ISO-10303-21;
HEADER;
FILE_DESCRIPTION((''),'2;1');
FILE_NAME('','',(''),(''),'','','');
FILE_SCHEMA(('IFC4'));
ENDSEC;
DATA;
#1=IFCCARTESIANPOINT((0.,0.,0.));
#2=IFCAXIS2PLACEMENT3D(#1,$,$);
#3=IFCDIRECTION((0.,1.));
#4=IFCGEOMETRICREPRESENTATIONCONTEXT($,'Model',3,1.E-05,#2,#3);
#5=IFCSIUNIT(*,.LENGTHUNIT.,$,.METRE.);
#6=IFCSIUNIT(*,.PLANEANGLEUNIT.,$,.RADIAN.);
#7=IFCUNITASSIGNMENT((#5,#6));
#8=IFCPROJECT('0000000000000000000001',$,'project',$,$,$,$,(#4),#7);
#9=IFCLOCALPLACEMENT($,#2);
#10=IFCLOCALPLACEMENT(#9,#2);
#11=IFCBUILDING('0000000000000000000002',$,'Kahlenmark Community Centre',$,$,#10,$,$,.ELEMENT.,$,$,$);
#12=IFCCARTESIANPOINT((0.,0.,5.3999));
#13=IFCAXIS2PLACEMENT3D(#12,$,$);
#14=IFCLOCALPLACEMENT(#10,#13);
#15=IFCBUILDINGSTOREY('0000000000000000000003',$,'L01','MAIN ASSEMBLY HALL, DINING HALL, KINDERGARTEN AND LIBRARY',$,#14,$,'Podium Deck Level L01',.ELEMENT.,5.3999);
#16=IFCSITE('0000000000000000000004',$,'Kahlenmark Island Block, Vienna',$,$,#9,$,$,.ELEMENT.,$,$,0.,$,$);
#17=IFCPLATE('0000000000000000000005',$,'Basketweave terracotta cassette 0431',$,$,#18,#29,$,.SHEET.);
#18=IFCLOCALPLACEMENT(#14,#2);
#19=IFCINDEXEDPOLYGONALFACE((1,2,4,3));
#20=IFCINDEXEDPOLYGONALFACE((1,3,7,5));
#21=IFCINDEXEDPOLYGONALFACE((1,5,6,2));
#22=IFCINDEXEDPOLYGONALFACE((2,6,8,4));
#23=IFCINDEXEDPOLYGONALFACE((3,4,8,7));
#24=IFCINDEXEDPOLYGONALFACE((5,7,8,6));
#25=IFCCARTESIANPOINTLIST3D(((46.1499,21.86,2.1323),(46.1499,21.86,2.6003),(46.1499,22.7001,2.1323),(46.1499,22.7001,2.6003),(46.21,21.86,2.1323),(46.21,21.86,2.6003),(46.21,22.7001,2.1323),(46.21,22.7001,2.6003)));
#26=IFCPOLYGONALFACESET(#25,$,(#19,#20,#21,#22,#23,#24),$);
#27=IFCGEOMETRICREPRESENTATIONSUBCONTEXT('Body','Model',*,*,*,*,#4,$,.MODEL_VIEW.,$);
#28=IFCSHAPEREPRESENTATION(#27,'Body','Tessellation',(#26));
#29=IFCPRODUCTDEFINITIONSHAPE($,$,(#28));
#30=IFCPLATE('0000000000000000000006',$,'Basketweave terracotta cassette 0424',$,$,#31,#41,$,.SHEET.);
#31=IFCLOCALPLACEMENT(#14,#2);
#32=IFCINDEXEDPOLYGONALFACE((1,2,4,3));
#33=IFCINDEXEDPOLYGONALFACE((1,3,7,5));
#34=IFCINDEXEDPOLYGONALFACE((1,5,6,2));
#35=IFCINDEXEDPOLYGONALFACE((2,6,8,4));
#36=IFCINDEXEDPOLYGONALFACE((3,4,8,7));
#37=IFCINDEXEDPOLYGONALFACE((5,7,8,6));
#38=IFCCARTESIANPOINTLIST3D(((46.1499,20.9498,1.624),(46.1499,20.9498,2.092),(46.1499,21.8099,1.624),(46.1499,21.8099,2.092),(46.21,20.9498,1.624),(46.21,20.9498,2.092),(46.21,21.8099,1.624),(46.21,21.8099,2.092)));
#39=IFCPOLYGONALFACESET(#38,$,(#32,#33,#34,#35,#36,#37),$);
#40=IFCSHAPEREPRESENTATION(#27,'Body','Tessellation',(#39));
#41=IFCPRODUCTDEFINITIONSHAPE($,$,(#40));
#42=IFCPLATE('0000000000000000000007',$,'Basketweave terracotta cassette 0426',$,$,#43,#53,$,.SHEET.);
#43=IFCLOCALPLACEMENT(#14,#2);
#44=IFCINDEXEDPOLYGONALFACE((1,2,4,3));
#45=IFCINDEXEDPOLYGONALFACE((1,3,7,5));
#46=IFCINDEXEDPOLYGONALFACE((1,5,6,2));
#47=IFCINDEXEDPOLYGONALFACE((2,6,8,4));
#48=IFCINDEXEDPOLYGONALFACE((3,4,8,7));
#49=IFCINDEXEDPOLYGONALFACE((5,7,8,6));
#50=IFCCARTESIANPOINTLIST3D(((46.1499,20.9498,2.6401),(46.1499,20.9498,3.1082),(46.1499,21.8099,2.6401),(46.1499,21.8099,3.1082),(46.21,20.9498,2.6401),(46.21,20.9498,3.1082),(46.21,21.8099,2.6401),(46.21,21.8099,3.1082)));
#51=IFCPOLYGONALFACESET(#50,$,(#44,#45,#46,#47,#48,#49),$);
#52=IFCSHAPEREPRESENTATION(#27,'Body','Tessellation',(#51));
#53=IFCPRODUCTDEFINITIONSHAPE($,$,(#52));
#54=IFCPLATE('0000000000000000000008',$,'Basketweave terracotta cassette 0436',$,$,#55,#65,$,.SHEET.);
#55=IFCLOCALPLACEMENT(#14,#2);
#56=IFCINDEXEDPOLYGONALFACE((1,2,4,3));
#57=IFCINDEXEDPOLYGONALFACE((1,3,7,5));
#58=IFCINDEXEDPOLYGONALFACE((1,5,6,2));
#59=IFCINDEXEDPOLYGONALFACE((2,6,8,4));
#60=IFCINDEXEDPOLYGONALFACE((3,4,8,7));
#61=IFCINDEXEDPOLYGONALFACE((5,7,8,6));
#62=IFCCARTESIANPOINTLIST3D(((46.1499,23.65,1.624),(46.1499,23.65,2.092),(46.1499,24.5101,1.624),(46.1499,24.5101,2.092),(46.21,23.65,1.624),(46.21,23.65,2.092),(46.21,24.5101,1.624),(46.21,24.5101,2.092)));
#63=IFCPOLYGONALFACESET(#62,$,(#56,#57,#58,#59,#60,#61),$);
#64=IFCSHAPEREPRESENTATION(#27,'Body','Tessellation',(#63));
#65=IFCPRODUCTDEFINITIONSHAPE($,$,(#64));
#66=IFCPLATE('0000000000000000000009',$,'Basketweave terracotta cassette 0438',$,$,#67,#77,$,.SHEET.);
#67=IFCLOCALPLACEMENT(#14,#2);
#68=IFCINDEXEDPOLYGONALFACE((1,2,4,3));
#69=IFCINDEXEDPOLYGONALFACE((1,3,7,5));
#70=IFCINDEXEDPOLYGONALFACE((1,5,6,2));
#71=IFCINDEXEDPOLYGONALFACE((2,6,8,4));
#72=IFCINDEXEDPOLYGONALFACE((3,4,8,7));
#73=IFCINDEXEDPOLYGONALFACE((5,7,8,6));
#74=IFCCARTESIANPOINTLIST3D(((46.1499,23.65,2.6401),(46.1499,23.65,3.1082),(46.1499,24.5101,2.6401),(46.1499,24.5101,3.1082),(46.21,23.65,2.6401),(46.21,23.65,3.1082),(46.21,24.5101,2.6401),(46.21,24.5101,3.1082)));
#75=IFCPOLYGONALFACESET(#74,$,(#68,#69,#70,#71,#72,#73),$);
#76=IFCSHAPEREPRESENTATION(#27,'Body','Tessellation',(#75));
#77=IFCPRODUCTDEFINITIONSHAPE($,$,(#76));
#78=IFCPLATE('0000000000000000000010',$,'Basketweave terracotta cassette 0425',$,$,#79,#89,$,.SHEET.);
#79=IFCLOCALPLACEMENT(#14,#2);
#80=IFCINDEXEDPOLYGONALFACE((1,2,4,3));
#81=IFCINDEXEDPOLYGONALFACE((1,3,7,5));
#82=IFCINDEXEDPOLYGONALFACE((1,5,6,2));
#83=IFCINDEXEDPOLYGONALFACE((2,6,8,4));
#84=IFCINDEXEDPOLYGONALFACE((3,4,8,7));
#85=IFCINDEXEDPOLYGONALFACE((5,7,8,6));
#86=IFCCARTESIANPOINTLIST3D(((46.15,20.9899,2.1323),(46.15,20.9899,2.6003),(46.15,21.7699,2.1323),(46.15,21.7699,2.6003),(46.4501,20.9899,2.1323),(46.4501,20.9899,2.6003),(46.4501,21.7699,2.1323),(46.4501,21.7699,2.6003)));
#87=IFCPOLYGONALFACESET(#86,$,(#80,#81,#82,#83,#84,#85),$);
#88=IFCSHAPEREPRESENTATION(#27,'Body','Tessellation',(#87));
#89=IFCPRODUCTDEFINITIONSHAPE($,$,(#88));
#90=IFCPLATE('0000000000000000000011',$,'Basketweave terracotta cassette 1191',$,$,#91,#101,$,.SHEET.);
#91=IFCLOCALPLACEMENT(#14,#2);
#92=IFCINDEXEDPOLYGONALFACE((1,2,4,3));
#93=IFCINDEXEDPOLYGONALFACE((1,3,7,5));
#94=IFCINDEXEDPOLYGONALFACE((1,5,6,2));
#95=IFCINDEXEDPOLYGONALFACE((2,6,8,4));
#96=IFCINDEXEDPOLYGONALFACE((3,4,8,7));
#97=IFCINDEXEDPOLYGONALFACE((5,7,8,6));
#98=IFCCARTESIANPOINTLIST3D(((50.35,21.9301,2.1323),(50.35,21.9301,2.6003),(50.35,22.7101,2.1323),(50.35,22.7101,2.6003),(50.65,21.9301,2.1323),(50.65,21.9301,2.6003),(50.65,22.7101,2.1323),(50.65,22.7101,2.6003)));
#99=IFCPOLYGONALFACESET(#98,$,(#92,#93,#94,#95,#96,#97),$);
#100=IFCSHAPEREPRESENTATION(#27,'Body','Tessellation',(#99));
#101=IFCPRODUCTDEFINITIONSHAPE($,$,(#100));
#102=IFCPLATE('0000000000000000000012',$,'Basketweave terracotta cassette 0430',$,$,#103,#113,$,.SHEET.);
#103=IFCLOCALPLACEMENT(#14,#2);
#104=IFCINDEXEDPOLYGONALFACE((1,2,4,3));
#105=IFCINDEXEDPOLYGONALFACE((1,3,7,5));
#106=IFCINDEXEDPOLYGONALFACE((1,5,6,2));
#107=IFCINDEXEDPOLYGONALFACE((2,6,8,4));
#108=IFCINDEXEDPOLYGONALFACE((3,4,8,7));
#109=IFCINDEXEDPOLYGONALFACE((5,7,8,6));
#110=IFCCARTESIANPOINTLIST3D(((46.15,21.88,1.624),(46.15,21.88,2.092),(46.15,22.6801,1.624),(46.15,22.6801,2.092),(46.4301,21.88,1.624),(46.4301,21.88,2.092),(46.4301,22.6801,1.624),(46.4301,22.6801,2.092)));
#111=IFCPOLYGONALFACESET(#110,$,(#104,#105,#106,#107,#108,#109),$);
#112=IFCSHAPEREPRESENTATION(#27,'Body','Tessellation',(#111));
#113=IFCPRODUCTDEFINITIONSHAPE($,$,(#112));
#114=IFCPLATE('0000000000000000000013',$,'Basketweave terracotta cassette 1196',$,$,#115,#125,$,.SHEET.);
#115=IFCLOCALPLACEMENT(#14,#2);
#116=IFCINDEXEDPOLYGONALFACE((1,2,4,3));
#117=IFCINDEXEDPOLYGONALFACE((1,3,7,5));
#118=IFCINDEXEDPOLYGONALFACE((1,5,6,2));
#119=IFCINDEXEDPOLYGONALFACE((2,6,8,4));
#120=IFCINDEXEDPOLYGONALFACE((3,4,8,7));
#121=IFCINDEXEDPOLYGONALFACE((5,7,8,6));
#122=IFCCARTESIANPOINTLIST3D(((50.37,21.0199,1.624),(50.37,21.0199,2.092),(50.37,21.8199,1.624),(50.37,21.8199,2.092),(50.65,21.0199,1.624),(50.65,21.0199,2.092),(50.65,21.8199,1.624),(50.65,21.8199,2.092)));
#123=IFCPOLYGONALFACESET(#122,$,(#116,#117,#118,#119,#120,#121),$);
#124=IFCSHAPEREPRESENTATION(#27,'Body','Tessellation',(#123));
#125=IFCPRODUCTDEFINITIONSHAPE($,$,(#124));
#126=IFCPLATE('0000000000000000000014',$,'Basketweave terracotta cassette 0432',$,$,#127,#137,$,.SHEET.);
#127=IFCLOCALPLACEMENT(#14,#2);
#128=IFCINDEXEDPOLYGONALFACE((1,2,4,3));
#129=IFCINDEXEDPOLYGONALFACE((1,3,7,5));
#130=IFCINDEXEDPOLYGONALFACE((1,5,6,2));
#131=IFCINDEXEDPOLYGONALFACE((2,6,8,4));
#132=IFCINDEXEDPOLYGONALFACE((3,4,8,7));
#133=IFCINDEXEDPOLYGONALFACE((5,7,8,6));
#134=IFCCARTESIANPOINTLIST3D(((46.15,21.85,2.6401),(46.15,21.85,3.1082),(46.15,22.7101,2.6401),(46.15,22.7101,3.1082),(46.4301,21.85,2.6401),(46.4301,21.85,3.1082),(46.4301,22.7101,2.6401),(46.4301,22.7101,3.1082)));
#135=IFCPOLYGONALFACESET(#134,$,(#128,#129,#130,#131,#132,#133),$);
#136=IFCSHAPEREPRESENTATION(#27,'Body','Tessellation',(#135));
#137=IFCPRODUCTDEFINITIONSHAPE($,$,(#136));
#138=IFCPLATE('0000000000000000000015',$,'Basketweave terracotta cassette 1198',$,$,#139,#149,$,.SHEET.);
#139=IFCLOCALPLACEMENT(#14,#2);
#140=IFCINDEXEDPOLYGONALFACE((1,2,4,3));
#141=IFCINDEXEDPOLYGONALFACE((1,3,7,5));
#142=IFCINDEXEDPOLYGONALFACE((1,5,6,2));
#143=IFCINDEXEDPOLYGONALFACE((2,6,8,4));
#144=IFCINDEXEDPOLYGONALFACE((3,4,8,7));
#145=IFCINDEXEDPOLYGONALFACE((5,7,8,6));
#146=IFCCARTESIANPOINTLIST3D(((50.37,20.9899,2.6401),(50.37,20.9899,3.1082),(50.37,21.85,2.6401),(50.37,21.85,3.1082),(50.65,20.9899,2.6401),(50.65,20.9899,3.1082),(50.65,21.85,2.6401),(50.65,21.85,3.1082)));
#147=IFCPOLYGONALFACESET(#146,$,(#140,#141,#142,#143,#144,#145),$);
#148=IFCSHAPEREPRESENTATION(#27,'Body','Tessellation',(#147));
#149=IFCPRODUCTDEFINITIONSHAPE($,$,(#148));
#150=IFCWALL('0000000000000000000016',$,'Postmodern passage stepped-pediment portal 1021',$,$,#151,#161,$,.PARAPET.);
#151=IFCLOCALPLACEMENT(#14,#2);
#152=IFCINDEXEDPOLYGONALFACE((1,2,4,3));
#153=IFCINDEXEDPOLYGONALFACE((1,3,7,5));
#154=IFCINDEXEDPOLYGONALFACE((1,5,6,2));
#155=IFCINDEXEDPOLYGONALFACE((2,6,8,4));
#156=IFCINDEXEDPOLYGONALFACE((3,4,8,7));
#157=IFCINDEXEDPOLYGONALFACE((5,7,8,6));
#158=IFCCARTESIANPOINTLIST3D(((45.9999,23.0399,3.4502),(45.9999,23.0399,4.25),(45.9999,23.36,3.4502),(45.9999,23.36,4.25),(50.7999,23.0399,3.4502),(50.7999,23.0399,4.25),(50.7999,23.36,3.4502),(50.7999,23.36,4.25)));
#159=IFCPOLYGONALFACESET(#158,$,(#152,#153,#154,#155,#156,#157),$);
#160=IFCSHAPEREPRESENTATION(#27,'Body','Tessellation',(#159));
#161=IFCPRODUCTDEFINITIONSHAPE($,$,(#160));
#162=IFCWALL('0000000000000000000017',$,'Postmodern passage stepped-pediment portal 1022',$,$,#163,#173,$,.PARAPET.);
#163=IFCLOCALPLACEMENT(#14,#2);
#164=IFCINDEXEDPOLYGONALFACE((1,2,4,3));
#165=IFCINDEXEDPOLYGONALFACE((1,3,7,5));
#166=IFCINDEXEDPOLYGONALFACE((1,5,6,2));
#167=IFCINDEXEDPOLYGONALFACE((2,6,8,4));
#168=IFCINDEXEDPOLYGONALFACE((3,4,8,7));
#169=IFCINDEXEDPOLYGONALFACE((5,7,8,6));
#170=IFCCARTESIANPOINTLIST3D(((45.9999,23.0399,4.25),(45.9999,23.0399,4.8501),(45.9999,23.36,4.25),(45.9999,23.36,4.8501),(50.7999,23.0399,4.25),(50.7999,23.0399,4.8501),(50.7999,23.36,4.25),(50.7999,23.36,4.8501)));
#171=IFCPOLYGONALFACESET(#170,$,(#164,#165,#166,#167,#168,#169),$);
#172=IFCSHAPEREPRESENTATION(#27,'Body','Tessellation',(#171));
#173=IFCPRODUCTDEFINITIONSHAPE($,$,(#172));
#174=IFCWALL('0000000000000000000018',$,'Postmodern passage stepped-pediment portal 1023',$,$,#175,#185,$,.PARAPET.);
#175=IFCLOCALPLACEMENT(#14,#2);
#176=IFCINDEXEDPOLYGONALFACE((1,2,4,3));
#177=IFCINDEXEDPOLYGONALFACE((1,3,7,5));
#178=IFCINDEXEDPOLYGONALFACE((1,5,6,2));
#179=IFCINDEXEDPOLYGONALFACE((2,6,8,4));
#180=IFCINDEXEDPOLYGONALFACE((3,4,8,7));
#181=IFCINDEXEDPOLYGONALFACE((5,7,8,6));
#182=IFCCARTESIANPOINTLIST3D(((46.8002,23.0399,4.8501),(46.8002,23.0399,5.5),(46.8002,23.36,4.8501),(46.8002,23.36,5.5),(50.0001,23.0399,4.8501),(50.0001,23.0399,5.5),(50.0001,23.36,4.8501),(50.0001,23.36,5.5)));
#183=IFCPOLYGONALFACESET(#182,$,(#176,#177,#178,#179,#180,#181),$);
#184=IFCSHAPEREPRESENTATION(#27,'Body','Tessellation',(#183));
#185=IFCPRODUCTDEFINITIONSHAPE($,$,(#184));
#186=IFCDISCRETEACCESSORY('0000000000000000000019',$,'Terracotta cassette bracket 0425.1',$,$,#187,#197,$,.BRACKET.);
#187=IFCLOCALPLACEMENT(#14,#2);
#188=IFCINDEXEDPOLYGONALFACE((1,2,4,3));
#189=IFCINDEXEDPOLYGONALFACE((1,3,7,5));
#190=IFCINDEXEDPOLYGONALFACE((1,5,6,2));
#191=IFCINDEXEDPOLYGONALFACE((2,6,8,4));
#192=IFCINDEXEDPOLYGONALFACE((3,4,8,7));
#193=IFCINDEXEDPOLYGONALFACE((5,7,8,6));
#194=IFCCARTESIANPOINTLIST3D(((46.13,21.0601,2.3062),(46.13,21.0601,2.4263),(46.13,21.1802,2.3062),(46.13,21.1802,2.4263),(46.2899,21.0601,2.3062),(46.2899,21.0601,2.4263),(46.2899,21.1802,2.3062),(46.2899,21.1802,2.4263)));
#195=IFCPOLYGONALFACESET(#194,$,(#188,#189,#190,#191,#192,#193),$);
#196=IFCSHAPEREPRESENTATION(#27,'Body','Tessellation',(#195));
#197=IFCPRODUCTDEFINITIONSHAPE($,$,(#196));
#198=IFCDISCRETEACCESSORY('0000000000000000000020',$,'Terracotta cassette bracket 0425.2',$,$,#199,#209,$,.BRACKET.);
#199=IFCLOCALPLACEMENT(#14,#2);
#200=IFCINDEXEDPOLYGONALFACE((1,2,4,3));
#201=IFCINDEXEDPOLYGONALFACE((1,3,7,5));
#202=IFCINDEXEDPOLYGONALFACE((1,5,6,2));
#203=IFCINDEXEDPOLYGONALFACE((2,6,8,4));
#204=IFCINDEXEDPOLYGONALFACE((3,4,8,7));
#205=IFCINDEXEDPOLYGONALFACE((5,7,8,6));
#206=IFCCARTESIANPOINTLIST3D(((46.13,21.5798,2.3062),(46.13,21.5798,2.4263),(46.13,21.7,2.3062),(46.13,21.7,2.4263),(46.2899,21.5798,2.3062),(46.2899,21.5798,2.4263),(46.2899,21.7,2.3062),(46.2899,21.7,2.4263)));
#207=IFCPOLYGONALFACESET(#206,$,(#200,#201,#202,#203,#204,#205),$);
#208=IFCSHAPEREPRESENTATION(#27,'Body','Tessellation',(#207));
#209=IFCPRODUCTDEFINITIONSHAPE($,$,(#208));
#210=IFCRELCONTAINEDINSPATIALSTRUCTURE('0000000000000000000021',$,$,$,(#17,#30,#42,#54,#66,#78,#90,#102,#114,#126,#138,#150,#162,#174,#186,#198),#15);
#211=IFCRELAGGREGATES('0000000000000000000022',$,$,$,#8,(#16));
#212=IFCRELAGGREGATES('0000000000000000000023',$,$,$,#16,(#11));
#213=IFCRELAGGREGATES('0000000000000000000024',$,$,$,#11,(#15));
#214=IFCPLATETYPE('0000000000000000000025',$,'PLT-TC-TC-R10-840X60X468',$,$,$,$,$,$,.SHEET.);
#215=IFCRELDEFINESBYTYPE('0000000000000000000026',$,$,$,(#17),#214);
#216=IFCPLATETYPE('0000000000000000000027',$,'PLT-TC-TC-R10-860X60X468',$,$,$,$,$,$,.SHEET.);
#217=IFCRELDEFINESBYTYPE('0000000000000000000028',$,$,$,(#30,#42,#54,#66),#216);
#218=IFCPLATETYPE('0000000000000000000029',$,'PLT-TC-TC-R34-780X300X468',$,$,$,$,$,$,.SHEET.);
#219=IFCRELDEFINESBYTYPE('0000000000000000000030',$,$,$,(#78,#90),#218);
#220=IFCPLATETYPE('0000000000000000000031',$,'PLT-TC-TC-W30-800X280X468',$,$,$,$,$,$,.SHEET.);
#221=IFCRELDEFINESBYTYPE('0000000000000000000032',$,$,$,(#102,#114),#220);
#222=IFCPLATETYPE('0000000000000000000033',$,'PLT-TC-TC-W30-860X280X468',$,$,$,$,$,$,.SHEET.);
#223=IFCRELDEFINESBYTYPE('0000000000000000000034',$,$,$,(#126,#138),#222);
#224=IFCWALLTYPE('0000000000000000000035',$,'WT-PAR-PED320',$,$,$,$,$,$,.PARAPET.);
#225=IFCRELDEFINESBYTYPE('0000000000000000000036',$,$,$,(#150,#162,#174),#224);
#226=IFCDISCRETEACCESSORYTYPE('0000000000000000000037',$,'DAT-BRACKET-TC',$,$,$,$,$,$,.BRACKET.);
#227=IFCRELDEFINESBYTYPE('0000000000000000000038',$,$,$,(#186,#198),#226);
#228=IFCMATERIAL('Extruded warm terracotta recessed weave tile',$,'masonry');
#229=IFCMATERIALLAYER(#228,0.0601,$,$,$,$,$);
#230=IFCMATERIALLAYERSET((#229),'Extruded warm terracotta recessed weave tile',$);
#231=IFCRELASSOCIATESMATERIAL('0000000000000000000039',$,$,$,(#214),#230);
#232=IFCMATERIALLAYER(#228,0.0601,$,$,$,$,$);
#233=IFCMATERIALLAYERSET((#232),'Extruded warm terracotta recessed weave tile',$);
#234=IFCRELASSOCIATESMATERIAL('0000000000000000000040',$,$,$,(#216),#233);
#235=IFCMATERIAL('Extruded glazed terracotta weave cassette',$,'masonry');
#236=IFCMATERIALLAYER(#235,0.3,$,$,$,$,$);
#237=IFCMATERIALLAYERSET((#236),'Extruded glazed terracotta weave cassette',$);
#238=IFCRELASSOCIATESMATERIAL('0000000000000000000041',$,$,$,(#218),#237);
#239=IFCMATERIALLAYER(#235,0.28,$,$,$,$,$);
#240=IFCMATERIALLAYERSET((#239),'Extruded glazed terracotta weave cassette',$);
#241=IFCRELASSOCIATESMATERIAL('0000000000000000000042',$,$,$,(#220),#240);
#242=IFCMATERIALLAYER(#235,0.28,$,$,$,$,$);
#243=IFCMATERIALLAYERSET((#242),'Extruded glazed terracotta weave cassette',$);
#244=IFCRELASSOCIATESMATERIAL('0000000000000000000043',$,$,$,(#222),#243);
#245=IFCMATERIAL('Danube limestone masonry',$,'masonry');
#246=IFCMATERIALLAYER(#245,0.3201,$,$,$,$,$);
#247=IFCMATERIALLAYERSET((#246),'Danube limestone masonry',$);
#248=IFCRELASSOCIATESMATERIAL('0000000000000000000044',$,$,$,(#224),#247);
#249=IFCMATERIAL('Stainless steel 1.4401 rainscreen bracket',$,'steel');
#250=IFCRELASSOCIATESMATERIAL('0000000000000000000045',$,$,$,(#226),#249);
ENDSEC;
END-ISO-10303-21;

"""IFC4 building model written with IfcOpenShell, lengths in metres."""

from ifc_helpers import new_model, si_unit, direction, frame, frame_2d, origin, origin_2d, place, context, subcontext, project, spatial, rectangle, extrude, material, layer, layer_set, type_object, element, save


model = new_model("IFC4")

# Units and contexts
model_context = context("Model", 3, precision=1e-05, world=origin(), true_north=direction((0.0, 1.0)))
body_context = subcontext(model_context, "Body", "Model", "MODEL_VIEW")
ifc_project = project(units=[si_unit("LENGTHUNIT", "METRE"), si_unit("PLANEANGLEUNIT", "RADIAN")], contexts=[model_context])

# Site, building, storey
site_placement = place(None, origin())
site = spatial("IfcSite", under=ifc_project, at=site_placement, Name="Kahlenmark Island Block, Vienna", CompositionType="ELEMENT", RefElevation=0.0)
building_placement = place(site_placement, origin())
building = spatial("IfcBuilding", under=site, at=building_placement, Name="Kahlenmark Community Centre", CompositionType="ELEMENT")
storey_placement = place(building_placement, frame((0.0, 0.0, 5.3999)))
storey = spatial("IfcBuildingStorey", under=building, at=storey_placement, Name="L01", Description="MAIN ASSEMBLY HALL, DINING HALL, KINDERGARTEN AND LIBRARY", LongName="Podium Deck Level L01", CompositionType="ELEMENT", Elevation=5.3999)

# Plates
ifc_material_1 = material(Name="Extruded warm terracotta recessed weave tile", Category="masonry")
ifc_layer_1 = layer(ifc_material_1, 0.0601)
ifc_layer_set_1 = layer_set([ifc_layer_1], Name="Extruded warm terracotta recessed weave tile")
plate_type_1 = type_object("IfcPlateType", Name="PLT-TC-TC-R10-840X60X468", PredefinedType="SHEET", material=ifc_layer_set_1)
plate_placement = place(storey_placement, frame((46.1799, 22.28, 2.1323), z_axis=(0.0, 0.0, 1.0), x_axis=(0.0, 1.0, 0.0)))
element("IfcPlate", 1, at=plate_placement, inside=storey, type_object=plate_type_1, Name="Basketweave terracotta cassette 0431", PredefinedType="SHEET", context=body_context, shape_type="SweptSolid", body=[
    extrude(rectangle(XDim=0.8401, YDim=0.0601, at=origin_2d()), origin(), (0.0, 0.0, 1.0), 0.468),
])
ifc_layer_2 = layer(ifc_material_1, 0.0601)
ifc_layer_set_2 = layer_set([ifc_layer_2], Name="Extruded warm terracotta recessed weave tile")
plate_type_2 = type_object("IfcPlateType", Name="PLT-TC-TC-R10-860X60X468", PredefinedType="SHEET", material=ifc_layer_set_2)
for number, where, z_axis, x_axis, name in (
    (2, (46.1799, 21.3799, 1.624), (0.0, 0.0, 1.0), (0.0, 1.0, 0.0), "Basketweave terracotta cassette 0424"),
    (3, (46.1799, 21.3799, 2.6401), (0.0, 0.0, 1.0), (0.0, 1.0, 0.0), "Basketweave terracotta cassette 0426"),
    (4, (46.1799, 24.0801, 1.624), (0.0, 0.0, 1.0), (0.0, 1.0, 0.0), "Basketweave terracotta cassette 0436"),
    (5, (46.1799, 24.0801, 2.6401), (0.0, 0.0, 1.0), (0.0, 1.0, 0.0), "Basketweave terracotta cassette 0438"),
):
    element("IfcPlate", number, at=place(storey_placement, frame(where, z_axis=z_axis, x_axis=x_axis)), inside=storey, type_object=plate_type_2, Name=name, PredefinedType="SHEET", context=body_context, shape_type="SweptSolid", body=[
        extrude(rectangle(XDim=0.8601, YDim=0.0601, at=origin_2d()), origin(), (0.0, 0.0, 1.0), 0.468),
    ])
ifc_material_2 = material(Name="Extruded glazed terracotta weave cassette", Category="masonry")
ifc_layer_3 = layer(ifc_material_2, 0.3)
ifc_layer_set_3 = layer_set([ifc_layer_3], Name="Extruded glazed terracotta weave cassette")
plate_type_3 = type_object("IfcPlateType", Name="PLT-TC-TC-R34-780X300X468", PredefinedType="SHEET", material=ifc_layer_set_3)
for number, where, z_axis, x_axis, name in (
    (6, (46.3, 21.3799, 2.1323), (0.0, 0.0, 1.0), (0.0, 1.0, 0.0), "Basketweave terracotta cassette 0425"),
    (7, (50.5, 22.3201, 2.1323), (0.0, 0.0, 1.0), (0.0, -1.0, 0.0), "Basketweave terracotta cassette 1191"),
):
    element("IfcPlate", number, at=place(storey_placement, frame(where, z_axis=z_axis, x_axis=x_axis)), inside=storey, type_object=plate_type_3, Name=name, PredefinedType="SHEET", context=body_context, shape_type="SweptSolid", body=[
        extrude(rectangle(XDim=0.78, YDim=0.3, at=origin_2d()), origin(), (0.0, 0.0, 1.0), 0.468),
    ])
ifc_layer_4 = layer(ifc_material_2, 0.28)
ifc_layer_set_4 = layer_set([ifc_layer_4], Name="Extruded glazed terracotta weave cassette")
plate_type_4 = type_object("IfcPlateType", Name="PLT-TC-TC-W30-800X280X468", PredefinedType="SHEET", material=ifc_layer_set_4)
for number, where, z_axis, x_axis, name in (
    (8, (46.29, 22.28, 1.624), (0.0, 0.0, 1.0), (0.0, 1.0, 0.0), "Basketweave terracotta cassette 0430"),
    (9, (50.51, 21.4199, 1.624), (0.0, 0.0, 1.0), (0.0, -1.0, 0.0), "Basketweave terracotta cassette 1196"),
):
    element("IfcPlate", number, at=place(storey_placement, frame(where, z_axis=z_axis, x_axis=x_axis)), inside=storey, type_object=plate_type_4, Name=name, PredefinedType="SHEET", context=body_context, shape_type="SweptSolid", body=[
        extrude(rectangle(XDim=0.8, YDim=0.28, at=origin_2d()), origin(), (0.0, 0.0, 1.0), 0.468),
    ])
ifc_layer_5 = layer(ifc_material_2, 0.28)
ifc_layer_set_5 = layer_set([ifc_layer_5], Name="Extruded glazed terracotta weave cassette")
plate_type_5 = type_object("IfcPlateType", Name="PLT-TC-TC-W30-860X280X468", PredefinedType="SHEET", material=ifc_layer_set_5)
for number, where, z_axis, x_axis, name in (
    (10, (46.29, 22.28, 2.6401), (0.0, 0.0, 1.0), (0.0, 1.0, 0.0), "Basketweave terracotta cassette 0432"),
    (11, (50.51, 21.4199, 2.6401), (0.0, 0.0, 1.0), (0.0, -1.0, 0.0), "Basketweave terracotta cassette 1198"),
):
    element("IfcPlate", number, at=place(storey_placement, frame(where, z_axis=z_axis, x_axis=x_axis)), inside=storey, type_object=plate_type_5, Name=name, PredefinedType="SHEET", context=body_context, shape_type="SweptSolid", body=[
        extrude(rectangle(XDim=0.8601, YDim=0.28, at=origin_2d()), origin(), (0.0, 0.0, 1.0), 0.468),
    ])

# Walls
ifc_material_3 = material(Name="Danube limestone masonry", Category="masonry")
ifc_layer_6 = layer(ifc_material_3, 0.3201)
ifc_layer_set_6 = layer_set([ifc_layer_6], Name="Danube limestone masonry")
wall_type = type_object("IfcWallType", Name="WT-PAR-PED320", PredefinedType="PARAPET", material=ifc_layer_set_6)
wall_1_placement = place(storey_placement, frame((46.0, 23.2, 3.4502), z_axis=(0.0, 0.0, 1.0), x_axis=(1.0, 0.0, 0.0)))
element("IfcWall", 12, at=wall_1_placement, inside=storey, type_object=wall_type, Name="Postmodern passage stepped-pediment portal 1021", PredefinedType="PARAPET", context=body_context, shape_type="SweptSolid", body=[
    extrude(rectangle(XDim=4.8, YDim=0.3201, at=frame_2d((2.3999, 0.0))), origin(), (0.0, 0.0, 1.0), 0.7998),
])
wall_2_placement = place(storey_placement, frame((46.0, 23.2, 4.25), z_axis=(0.0, 0.0, 1.0), x_axis=(1.0, 0.0, 0.0)))
element("IfcWall", 13, at=wall_2_placement, inside=storey, type_object=wall_type, Name="Postmodern passage stepped-pediment portal 1022", PredefinedType="PARAPET", context=body_context, shape_type="SweptSolid", body=[
    extrude(rectangle(XDim=4.8, YDim=0.3201, at=frame_2d((2.3999, 0.0))), origin(), (0.0, 0.0, 1.0), 0.6001),
])
wall_3_placement = place(storey_placement, frame((46.8, 23.2, 4.8501), z_axis=(0.0, 0.0, 1.0), x_axis=(1.0, 0.0, 0.0)))
element("IfcWall", 14, at=wall_3_placement, inside=storey, type_object=wall_type, Name="Postmodern passage stepped-pediment portal 1023", PredefinedType="PARAPET", context=body_context, shape_type="SweptSolid", body=[
    extrude(rectangle(XDim=3.2, YDim=0.3201, at=frame_2d((1.6001, 0.0))), origin(), (0.0, 0.0, 1.0), 0.6499),
])

# Discrete accessories
ifc_material_4 = material(Name="Stainless steel 1.4401 rainscreen bracket", Category="steel")
discrete_accessory_type = type_object("IfcDiscreteAccessoryType", Name="DAT-BRACKET-TC", PredefinedType="BRACKET", material=ifc_material_4)
for number, where, z_axis, x_axis, name in (
    (15, (46.21, 21.1201, 2.3062), (0.0, 0.0, 1.0), (0.0, 1.0, 0.0), "Terracotta cassette bracket 0425.1"),
    (16, (46.21, 21.6399, 2.3062), (0.0, 0.0, 1.0), (0.0, 1.0, 0.0), "Terracotta cassette bracket 0425.2"),
):
    element("IfcDiscreteAccessory", number, at=place(storey_placement, frame(where, z_axis=z_axis, x_axis=x_axis)), inside=storey, type_object=discrete_accessory_type, Name=name, PredefinedType="BRACKET", context=body_context, shape_type="SweptSolid", body=[
        extrude(rectangle(XDim=0.1201, YDim=0.1599, at=origin_2d()), origin(), (0.0, 0.0, 1.0), 0.1201),
    ])

save(model, "model.ifc")
